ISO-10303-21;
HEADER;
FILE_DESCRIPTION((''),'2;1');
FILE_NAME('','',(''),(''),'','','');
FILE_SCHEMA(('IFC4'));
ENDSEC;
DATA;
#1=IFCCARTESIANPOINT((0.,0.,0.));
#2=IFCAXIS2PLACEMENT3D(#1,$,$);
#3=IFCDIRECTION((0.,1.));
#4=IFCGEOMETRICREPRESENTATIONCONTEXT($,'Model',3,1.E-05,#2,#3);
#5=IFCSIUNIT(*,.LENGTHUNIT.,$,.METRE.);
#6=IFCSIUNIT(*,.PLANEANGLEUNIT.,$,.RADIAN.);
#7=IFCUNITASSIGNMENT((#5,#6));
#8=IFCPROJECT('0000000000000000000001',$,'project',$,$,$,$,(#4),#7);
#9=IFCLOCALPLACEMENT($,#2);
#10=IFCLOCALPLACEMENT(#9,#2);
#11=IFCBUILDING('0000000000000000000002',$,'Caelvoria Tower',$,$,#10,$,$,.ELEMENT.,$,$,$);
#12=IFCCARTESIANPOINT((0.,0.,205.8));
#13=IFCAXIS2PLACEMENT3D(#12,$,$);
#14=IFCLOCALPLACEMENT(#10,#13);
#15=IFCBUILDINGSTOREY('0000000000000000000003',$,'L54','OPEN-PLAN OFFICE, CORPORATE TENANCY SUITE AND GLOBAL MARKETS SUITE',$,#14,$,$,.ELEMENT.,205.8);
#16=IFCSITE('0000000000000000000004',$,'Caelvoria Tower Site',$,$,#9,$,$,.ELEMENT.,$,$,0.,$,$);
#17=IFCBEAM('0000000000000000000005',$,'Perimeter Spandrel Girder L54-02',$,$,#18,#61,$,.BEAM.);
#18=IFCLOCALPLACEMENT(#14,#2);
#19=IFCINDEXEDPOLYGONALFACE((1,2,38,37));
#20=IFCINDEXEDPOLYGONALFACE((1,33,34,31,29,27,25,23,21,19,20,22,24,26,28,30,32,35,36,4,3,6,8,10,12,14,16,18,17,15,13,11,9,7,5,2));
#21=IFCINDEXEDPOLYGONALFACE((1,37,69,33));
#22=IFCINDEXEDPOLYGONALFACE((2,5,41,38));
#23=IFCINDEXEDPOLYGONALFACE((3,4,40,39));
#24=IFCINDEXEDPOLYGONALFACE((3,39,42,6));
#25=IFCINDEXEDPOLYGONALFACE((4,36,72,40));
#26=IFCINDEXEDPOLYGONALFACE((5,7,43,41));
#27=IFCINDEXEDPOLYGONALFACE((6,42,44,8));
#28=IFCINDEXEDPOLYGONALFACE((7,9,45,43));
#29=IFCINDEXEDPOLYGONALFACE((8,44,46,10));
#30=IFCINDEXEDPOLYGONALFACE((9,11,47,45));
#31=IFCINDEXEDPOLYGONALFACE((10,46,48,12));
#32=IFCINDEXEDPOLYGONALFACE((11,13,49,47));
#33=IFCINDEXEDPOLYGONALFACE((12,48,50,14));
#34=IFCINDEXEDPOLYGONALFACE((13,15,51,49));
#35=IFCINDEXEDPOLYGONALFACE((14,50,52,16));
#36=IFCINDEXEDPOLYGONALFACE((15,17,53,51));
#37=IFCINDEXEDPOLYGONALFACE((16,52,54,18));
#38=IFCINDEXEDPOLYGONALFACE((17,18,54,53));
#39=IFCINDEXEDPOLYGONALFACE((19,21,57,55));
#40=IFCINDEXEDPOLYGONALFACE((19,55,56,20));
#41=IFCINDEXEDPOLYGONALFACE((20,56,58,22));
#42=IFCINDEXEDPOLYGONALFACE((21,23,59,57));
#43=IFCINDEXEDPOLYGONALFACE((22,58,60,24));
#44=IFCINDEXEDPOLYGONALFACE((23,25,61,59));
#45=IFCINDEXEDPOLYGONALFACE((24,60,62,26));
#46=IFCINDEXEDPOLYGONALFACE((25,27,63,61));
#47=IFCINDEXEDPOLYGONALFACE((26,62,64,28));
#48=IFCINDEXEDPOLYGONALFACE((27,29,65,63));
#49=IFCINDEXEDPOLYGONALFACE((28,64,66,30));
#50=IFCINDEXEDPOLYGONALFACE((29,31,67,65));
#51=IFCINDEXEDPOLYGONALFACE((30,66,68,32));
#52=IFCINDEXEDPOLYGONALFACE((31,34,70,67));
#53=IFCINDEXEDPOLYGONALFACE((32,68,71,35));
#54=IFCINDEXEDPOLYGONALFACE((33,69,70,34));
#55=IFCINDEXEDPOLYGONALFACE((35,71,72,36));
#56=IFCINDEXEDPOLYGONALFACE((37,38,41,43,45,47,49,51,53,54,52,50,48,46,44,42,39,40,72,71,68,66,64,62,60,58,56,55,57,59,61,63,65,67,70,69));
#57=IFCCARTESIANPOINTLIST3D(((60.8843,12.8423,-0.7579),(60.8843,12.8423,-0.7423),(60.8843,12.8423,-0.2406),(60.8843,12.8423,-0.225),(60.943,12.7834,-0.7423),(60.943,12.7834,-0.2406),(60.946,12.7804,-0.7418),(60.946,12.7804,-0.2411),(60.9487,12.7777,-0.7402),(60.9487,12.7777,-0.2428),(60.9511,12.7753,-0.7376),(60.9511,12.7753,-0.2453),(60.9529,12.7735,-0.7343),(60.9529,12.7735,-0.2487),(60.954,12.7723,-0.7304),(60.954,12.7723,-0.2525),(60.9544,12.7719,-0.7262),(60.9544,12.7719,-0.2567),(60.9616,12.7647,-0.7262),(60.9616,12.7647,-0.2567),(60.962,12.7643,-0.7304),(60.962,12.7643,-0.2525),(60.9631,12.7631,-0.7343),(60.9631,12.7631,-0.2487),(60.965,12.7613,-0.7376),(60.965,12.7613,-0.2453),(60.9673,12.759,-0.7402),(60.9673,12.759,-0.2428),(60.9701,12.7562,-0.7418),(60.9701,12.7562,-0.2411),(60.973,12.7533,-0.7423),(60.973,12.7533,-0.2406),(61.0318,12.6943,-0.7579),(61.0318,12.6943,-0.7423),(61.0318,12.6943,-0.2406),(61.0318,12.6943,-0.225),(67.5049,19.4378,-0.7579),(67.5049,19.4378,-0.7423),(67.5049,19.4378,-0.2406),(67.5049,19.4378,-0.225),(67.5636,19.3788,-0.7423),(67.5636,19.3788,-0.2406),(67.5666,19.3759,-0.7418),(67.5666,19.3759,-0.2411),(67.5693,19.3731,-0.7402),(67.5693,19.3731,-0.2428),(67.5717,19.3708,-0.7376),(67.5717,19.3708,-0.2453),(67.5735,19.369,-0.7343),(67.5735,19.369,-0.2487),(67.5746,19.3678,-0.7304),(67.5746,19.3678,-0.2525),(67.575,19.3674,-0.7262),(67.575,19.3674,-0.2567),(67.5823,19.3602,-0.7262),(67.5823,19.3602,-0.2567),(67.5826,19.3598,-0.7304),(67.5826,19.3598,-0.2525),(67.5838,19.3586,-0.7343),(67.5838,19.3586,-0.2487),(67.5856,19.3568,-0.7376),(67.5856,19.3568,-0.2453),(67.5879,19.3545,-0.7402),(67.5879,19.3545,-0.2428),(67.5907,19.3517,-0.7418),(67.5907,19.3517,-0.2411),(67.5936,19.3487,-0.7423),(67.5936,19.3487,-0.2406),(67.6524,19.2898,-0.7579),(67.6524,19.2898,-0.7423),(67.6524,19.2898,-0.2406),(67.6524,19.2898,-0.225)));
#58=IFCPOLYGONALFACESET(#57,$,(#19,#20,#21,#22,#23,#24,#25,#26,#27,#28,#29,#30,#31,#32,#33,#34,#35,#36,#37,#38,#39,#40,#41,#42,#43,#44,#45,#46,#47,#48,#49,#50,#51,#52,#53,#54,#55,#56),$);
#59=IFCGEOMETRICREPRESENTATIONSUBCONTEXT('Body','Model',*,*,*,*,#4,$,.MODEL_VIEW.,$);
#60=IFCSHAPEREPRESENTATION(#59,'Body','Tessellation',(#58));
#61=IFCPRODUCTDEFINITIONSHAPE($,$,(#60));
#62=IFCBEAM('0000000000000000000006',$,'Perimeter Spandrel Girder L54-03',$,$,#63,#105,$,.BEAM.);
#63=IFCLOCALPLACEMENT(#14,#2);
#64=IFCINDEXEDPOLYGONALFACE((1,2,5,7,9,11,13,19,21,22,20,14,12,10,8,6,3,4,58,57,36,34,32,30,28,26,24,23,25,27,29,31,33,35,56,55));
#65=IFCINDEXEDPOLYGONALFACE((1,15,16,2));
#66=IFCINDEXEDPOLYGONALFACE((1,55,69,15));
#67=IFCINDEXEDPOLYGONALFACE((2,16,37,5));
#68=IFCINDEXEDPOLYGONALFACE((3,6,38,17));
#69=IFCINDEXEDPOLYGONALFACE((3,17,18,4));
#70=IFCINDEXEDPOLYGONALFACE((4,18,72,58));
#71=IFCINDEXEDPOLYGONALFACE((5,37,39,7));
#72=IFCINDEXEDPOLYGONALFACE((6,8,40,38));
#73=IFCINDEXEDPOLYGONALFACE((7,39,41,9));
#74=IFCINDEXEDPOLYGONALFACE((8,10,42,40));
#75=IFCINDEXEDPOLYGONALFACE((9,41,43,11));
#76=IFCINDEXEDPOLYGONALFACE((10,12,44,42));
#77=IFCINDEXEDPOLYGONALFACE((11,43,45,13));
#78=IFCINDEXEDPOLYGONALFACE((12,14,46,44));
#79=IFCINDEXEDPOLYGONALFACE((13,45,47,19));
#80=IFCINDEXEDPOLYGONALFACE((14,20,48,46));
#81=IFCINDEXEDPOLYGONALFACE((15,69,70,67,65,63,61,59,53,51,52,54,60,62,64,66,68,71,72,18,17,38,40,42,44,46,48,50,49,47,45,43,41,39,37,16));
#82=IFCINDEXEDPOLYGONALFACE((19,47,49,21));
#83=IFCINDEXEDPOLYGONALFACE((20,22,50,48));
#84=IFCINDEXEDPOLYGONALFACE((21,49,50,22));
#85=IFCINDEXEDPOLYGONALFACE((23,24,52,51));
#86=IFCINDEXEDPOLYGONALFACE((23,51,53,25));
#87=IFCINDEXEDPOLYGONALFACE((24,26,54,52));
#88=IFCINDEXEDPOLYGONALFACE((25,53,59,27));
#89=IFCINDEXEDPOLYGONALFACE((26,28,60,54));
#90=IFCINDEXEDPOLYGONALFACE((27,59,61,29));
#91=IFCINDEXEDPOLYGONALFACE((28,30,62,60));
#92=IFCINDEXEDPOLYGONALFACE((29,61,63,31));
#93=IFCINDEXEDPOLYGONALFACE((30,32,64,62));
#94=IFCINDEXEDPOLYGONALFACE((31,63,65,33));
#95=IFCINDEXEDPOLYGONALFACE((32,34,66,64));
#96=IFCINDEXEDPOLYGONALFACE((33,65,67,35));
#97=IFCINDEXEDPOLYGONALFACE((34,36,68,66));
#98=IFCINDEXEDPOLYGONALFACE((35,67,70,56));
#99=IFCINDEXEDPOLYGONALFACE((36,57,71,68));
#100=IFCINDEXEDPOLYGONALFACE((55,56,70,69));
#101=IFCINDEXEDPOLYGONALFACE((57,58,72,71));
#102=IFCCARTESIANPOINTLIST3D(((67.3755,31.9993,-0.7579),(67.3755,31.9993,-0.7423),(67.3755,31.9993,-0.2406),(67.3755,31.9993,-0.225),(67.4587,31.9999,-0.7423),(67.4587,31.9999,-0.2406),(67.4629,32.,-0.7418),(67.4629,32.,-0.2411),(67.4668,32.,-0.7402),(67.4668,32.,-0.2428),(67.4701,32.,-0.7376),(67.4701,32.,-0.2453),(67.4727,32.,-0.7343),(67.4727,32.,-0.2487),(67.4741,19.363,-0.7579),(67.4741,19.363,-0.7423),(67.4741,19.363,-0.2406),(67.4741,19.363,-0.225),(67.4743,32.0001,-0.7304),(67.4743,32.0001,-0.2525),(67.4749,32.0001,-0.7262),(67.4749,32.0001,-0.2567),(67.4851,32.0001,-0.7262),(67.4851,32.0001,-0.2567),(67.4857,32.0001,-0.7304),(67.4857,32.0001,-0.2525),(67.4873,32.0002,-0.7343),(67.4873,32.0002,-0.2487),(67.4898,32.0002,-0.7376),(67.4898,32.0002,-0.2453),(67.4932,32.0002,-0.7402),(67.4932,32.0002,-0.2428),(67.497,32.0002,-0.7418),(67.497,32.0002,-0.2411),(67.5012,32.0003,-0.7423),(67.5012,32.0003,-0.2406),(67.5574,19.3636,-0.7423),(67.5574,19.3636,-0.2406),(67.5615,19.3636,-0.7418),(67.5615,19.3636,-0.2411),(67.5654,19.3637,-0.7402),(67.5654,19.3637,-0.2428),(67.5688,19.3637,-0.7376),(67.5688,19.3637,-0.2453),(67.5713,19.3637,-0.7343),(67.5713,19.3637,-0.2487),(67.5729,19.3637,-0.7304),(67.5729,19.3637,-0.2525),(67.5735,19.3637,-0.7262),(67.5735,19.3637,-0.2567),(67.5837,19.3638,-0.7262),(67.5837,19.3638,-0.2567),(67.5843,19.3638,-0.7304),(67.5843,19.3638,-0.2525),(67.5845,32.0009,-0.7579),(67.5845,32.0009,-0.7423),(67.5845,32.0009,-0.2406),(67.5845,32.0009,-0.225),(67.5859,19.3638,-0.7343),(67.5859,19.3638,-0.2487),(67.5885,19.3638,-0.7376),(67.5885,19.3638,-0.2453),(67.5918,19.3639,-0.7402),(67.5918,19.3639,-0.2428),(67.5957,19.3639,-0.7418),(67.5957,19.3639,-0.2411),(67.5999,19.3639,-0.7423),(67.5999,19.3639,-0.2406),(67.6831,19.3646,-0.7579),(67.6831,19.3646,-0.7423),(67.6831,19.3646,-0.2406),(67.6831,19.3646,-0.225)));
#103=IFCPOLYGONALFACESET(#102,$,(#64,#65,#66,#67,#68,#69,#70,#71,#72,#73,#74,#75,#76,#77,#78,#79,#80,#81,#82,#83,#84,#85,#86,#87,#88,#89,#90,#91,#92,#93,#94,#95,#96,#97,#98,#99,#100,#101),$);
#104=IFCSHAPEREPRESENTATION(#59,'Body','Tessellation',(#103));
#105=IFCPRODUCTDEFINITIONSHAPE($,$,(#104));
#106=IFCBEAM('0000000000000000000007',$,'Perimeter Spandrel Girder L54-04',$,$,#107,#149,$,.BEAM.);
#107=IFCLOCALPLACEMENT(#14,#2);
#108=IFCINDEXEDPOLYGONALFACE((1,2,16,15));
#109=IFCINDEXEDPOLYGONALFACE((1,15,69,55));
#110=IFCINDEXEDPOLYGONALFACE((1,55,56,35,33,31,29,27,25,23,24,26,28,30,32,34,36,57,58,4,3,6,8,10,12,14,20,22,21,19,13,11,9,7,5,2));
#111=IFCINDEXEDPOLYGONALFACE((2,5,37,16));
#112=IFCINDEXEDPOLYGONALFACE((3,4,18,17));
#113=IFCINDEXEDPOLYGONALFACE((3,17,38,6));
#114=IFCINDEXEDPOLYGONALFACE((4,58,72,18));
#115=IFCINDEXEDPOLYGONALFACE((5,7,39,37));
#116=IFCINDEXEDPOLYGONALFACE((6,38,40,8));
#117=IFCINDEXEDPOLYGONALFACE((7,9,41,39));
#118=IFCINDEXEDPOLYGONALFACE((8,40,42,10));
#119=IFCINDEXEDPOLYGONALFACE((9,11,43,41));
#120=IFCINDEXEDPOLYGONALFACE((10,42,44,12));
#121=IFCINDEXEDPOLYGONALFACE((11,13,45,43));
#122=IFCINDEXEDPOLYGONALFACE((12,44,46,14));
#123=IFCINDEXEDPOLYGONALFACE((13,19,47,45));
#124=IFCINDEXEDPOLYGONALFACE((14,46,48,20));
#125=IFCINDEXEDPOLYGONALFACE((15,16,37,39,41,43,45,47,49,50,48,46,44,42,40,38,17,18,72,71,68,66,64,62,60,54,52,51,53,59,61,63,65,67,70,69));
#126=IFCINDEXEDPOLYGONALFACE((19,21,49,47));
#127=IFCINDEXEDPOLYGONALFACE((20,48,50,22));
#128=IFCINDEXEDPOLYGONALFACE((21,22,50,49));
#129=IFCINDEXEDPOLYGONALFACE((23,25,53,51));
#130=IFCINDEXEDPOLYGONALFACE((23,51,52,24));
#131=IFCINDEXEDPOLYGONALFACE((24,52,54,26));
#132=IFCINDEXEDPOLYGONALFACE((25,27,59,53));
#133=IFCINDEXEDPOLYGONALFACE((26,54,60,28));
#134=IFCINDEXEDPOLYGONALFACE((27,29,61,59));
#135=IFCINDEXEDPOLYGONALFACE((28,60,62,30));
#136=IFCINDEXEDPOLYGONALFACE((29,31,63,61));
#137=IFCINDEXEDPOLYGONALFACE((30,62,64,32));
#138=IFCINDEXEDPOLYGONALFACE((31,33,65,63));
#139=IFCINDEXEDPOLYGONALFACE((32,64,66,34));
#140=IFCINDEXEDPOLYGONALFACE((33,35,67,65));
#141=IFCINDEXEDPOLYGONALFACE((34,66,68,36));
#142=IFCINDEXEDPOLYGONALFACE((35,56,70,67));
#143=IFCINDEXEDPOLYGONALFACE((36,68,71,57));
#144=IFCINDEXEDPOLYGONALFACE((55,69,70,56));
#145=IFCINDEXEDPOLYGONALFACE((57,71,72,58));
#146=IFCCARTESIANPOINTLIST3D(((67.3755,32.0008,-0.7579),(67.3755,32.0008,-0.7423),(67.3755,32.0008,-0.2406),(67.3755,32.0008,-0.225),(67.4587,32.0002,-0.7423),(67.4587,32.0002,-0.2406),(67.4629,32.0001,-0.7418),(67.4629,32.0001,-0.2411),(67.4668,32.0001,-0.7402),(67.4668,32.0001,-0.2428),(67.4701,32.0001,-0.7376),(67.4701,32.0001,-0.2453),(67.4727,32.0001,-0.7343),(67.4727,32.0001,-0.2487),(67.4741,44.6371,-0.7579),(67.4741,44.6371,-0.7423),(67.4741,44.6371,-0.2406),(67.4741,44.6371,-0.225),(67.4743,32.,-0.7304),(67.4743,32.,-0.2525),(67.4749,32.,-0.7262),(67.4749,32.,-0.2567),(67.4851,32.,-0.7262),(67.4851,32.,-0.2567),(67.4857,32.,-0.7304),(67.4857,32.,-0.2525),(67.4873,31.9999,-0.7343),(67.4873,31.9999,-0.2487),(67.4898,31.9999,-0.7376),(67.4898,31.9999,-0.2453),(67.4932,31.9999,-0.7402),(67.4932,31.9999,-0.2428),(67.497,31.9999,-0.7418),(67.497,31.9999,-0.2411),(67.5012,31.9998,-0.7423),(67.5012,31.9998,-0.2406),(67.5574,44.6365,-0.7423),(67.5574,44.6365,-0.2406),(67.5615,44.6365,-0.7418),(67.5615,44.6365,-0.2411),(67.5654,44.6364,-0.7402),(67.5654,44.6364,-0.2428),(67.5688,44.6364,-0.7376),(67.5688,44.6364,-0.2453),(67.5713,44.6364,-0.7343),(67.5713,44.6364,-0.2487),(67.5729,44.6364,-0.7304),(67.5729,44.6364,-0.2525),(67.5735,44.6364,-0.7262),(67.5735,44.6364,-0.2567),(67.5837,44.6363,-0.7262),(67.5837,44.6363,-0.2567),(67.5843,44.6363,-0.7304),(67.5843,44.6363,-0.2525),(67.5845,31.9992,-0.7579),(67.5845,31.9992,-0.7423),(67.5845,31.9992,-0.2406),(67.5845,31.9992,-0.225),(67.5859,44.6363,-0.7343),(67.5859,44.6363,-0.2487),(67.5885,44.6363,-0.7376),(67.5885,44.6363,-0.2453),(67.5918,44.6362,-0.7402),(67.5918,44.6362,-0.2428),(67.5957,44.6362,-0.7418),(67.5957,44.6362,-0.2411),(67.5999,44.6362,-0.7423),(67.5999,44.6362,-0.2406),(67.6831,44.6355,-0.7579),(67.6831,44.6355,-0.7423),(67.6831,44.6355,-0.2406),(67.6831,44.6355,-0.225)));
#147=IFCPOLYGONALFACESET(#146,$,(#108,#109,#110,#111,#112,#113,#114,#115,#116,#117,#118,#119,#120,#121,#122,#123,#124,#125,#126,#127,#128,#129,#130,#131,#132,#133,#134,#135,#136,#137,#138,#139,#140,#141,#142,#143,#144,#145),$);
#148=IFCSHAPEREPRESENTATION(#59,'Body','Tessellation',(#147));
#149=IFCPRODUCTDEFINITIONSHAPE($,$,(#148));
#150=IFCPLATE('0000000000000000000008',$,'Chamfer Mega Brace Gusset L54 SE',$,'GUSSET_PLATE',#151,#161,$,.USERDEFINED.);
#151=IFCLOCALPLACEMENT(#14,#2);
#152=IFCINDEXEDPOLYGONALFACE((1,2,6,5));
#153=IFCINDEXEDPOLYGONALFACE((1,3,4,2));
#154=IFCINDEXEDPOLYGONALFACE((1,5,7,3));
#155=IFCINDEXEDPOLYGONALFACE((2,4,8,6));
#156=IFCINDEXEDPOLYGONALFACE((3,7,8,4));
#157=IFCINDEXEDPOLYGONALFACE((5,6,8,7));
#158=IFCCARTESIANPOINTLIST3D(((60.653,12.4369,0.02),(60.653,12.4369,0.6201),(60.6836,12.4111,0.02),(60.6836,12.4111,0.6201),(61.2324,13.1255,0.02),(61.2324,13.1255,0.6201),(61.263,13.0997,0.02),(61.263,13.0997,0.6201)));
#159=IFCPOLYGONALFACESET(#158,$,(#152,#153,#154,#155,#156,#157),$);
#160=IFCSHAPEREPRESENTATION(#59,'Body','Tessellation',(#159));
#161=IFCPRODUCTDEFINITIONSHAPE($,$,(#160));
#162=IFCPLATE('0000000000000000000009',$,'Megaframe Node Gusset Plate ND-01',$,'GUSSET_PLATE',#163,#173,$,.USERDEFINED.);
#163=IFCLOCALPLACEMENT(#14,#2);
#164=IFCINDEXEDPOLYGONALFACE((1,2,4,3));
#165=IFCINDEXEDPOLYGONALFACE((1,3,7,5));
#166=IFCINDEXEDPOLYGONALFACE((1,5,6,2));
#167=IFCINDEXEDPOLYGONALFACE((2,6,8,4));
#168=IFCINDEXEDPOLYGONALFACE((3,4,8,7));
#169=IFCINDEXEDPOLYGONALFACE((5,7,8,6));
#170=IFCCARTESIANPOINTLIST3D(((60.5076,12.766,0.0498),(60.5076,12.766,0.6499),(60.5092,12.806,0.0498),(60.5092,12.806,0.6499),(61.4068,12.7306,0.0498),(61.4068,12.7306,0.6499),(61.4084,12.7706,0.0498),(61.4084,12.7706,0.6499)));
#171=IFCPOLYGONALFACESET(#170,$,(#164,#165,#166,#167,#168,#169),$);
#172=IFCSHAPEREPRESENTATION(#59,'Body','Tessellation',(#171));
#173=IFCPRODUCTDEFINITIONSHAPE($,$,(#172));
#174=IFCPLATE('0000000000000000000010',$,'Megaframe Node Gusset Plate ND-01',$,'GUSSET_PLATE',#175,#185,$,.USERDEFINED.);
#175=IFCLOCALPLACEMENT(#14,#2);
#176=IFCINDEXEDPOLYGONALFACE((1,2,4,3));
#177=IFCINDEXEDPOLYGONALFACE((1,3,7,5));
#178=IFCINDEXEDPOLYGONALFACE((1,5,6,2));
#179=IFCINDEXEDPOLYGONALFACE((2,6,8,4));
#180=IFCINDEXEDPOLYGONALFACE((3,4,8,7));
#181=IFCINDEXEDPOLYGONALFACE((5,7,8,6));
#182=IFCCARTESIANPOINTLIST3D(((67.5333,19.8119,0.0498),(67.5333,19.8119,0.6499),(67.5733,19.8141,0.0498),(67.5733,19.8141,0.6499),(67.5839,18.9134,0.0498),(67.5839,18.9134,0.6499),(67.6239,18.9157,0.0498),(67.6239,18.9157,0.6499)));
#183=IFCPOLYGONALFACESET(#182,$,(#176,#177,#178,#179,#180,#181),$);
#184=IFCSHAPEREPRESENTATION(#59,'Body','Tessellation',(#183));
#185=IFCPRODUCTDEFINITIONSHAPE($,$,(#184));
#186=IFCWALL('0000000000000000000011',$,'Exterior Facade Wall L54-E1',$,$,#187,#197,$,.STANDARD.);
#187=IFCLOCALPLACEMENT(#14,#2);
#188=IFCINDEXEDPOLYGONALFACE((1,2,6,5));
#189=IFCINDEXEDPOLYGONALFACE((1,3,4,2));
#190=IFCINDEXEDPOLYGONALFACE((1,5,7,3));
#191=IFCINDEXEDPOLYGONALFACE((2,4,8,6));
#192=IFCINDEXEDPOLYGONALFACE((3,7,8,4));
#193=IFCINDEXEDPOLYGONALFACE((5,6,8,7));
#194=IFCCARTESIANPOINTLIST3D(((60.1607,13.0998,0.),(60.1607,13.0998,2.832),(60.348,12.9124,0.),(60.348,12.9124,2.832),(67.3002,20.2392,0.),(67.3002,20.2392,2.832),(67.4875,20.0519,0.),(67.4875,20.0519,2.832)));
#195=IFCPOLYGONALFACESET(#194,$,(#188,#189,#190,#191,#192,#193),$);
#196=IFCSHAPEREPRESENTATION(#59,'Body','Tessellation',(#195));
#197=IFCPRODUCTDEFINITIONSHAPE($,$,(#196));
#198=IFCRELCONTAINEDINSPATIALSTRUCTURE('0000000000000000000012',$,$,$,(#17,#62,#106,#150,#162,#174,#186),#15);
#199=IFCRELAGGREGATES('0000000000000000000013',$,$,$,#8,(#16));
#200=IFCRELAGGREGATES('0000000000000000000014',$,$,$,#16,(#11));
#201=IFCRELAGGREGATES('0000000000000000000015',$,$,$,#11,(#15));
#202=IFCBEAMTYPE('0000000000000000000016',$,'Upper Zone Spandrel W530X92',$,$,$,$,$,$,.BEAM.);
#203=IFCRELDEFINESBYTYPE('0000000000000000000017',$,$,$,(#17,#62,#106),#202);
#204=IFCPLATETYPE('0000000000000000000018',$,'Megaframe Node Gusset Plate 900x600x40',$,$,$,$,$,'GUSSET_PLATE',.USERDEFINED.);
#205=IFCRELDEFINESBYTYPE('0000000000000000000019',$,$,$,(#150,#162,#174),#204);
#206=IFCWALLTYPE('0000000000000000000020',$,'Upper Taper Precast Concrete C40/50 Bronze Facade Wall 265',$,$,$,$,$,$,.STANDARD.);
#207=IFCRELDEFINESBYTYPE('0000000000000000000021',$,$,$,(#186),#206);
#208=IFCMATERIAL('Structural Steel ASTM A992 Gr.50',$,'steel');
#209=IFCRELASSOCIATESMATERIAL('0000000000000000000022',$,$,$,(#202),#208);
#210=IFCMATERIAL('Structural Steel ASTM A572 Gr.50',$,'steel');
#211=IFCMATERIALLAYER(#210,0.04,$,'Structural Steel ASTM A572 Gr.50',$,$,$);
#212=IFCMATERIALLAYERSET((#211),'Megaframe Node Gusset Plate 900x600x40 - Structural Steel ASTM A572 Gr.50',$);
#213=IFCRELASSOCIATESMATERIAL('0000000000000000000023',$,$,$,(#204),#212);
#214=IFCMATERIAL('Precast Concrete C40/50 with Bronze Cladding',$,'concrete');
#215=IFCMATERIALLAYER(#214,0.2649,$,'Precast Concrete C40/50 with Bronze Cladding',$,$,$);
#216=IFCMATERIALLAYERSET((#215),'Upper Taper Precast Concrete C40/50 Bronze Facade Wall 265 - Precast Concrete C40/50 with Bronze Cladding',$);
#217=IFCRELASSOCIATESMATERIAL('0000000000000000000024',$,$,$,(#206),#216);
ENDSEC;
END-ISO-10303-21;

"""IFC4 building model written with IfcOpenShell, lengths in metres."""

from ifc_helpers import new_model, si_unit, direction, frame, frame_2d, origin, origin_2d, place, context, subcontext, project, spatial, rectangle, i_section, extrude, material, layer, layer_set, material_profile, profile_set, type_object, element, save


model = new_model("IFC4")

# Units and contexts
model_context = context("Model", 3, precision=1e-05, world=origin(), true_north=direction((0.0, 1.0)))
body_context = subcontext(model_context, "Body", "Model", "MODEL_VIEW")
ifc_project = project(units=[si_unit("LENGTHUNIT", "METRE"), si_unit("PLANEANGLEUNIT", "RADIAN")], contexts=[model_context])

# Site, building, storey
site_placement = place(None, origin())
site = spatial("IfcSite", under=ifc_project, at=site_placement, Name="Caelvoria Tower Site", CompositionType="ELEMENT", RefElevation=0.0)
building_placement = place(site_placement, origin())
building = spatial("IfcBuilding", under=site, at=building_placement, Name="Caelvoria Tower", CompositionType="ELEMENT")
storey_placement = place(building_placement, frame((0.0, 0.0, 205.8)))
storey = spatial("IfcBuildingStorey", under=building, at=storey_placement, Name="L54", Description="OPEN-PLAN OFFICE, CORPORATE TENANCY SUITE AND GLOBAL MARKETS SUITE", CompositionType="ELEMENT", Elevation=205.8)

# Shared definitions
ifc_material_1 = material(Name="Structural Steel ASTM A572 Gr.50", Category="steel")
ifc_material_2 = material(Name="Structural Steel ASTM A992 Gr.50", Category="steel")

# Beams
ifc_material_profile_1 = material_profile(ifc_material_2, i_section(OverallWidth=0.209, OverallDepth=0.533, WebThickness=0.0103, FlangeThickness=0.0156, FilletRadius=0.0161, at=origin_2d()), Name="Structural Steel ASTM A992 Gr.50")
ifc_profile_set_1 = profile_set([ifc_material_profile_1], Name="W530X92 - Structural Steel ASTM A992 Gr.50")
beam_type_1 = type_object("IfcBeamType", Name="Upper Zone Spandrel W530X92", PredefinedType="BEAM", material=ifc_profile_set_1)
beam_1_placement = place(storey_placement, frame((60.958, 12.7683, -0.4915), z_axis=(0.708451, 0.70576, 0.0), x_axis=(-0.70576, 0.708451, 0.0)))
element("IfcBeam", 1, at=beam_1_placement, inside=storey, type_object=beam_type_1, Name="Perimeter Spandrel Girder L54-02", PredefinedType="BEAM", context=body_context, shape_type="SweptSolid", body=[
    extrude(i_section(OverallWidth=0.209, OverallDepth=0.533, WebThickness=0.0103, FlangeThickness=0.0156, FilletRadius=0.0161, at=origin_2d()), origin(), (0.0, 0.0, 1.0), 9.3452),
])
for number, where, z_axis, x_axis, name in (
    (2, (67.5786, 19.3638, -0.4915), (-0.007805, 0.99997, 0.0), (-0.99997, -0.007805, 0.0), "Perimeter Spandrel Girder L54-03"),
    (3, (67.48, 32.0, -0.4915), (0.007805, 0.99997, 0.0), (-0.99997, 0.007805, 0.0), "Perimeter Spandrel Girder L54-04"),
):
    element("IfcBeam", number, at=place(storey_placement, frame(where, z_axis=z_axis, x_axis=x_axis)), inside=storey, type_object=beam_type_1, Name=name, PredefinedType="BEAM", context=body_context, shape_type="SweptSolid", body=[
        extrude(i_section(OverallWidth=0.209, OverallDepth=0.533, WebThickness=0.0103, FlangeThickness=0.0156, FilletRadius=0.0161, at=origin_2d()), origin(), (0.0, 0.0, 1.0), 12.6367),
    ])

# Plates
ifc_layer_1 = layer(ifc_material_1, 0.04, Name="Structural Steel ASTM A572 Gr.50")
ifc_layer_set_1 = layer_set([ifc_layer_1], Name="Megaframe Node Gusset Plate 900x600x40 - Structural Steel ASTM A572 Gr.50")
plate_type = type_object("IfcPlateType", Name="Megaframe Node Gusset Plate 900x600x40", ElementType="GUSSET_PLATE", PredefinedType="USERDEFINED", material=ifc_layer_set_1)
for number, where, z_axis, x_axis, name in (
    (4, (60.958, 12.7683, 0.02), (0.0, 0.0, 1.0), (0.643803, 0.765191, 0.0), "Chamfer Mega Brace Gusset L54 SE"),
    (5, (60.958, 12.7683, 0.0498), (0.0, 0.0, 1.0), (-0.999228, 0.039286, 0.0), "Megaframe Node Gusset Plate ND-01"),
    (6, (67.5786, 19.3638, 0.0498), (0.0, 0.0, 1.0), (-0.05628, 0.998415, 0.0), "Megaframe Node Gusset Plate ND-01"),
):
    element("IfcPlate", number, at=place(storey_placement, frame(where, z_axis=z_axis, x_axis=x_axis)), inside=storey, type_object=plate_type, Name=name, ObjectType="GUSSET_PLATE", PredefinedType="USERDEFINED", context=body_context, shape_type="SweptSolid", body=[
        extrude(rectangle(XDim=0.8999, YDim=0.04, at=origin_2d()), origin(), (0.0, 0.0, 1.0), 0.6001),
    ])

# Wall
ifc_material_3 = material(Name="Precast Concrete C40/50 with Bronze Cladding", Category="concrete")
ifc_layer_2 = layer(ifc_material_3, 0.2649, Name="Precast Concrete C40/50 with Bronze Cladding")
ifc_layer_set_2 = layer_set([ifc_layer_2], Name="Upper Taper Precast Concrete C40/50 Bronze Facade Wall 265 - Precast Concrete C40/50 with Bronze Cladding")
wall_type = type_object("IfcWallType", Name="Upper Taper Precast Concrete C40/50 Bronze Facade Wall 265", PredefinedType="STANDARD", material=ifc_layer_set_2)
wall_1_placement = place(storey_placement, frame((60.2544, 13.0061, 0.0), z_axis=(0.0, 0.0, 1.0), x_axis=(0.707107, 0.707107, 0.0)))
element("IfcWall", 7, at=wall_1_placement, inside=storey, type_object=wall_type, Name="Exterior Facade Wall L54-E1", PredefinedType="STANDARD", context=body_context, shape_type="SweptSolid", body=[
    extrude(rectangle(XDim=10.0967, YDim=0.2649, at=frame_2d((5.0483, 0.0))), origin(), (0.0, 0.0, 1.0), 2.832),
])

save(model, "model.ifc")
